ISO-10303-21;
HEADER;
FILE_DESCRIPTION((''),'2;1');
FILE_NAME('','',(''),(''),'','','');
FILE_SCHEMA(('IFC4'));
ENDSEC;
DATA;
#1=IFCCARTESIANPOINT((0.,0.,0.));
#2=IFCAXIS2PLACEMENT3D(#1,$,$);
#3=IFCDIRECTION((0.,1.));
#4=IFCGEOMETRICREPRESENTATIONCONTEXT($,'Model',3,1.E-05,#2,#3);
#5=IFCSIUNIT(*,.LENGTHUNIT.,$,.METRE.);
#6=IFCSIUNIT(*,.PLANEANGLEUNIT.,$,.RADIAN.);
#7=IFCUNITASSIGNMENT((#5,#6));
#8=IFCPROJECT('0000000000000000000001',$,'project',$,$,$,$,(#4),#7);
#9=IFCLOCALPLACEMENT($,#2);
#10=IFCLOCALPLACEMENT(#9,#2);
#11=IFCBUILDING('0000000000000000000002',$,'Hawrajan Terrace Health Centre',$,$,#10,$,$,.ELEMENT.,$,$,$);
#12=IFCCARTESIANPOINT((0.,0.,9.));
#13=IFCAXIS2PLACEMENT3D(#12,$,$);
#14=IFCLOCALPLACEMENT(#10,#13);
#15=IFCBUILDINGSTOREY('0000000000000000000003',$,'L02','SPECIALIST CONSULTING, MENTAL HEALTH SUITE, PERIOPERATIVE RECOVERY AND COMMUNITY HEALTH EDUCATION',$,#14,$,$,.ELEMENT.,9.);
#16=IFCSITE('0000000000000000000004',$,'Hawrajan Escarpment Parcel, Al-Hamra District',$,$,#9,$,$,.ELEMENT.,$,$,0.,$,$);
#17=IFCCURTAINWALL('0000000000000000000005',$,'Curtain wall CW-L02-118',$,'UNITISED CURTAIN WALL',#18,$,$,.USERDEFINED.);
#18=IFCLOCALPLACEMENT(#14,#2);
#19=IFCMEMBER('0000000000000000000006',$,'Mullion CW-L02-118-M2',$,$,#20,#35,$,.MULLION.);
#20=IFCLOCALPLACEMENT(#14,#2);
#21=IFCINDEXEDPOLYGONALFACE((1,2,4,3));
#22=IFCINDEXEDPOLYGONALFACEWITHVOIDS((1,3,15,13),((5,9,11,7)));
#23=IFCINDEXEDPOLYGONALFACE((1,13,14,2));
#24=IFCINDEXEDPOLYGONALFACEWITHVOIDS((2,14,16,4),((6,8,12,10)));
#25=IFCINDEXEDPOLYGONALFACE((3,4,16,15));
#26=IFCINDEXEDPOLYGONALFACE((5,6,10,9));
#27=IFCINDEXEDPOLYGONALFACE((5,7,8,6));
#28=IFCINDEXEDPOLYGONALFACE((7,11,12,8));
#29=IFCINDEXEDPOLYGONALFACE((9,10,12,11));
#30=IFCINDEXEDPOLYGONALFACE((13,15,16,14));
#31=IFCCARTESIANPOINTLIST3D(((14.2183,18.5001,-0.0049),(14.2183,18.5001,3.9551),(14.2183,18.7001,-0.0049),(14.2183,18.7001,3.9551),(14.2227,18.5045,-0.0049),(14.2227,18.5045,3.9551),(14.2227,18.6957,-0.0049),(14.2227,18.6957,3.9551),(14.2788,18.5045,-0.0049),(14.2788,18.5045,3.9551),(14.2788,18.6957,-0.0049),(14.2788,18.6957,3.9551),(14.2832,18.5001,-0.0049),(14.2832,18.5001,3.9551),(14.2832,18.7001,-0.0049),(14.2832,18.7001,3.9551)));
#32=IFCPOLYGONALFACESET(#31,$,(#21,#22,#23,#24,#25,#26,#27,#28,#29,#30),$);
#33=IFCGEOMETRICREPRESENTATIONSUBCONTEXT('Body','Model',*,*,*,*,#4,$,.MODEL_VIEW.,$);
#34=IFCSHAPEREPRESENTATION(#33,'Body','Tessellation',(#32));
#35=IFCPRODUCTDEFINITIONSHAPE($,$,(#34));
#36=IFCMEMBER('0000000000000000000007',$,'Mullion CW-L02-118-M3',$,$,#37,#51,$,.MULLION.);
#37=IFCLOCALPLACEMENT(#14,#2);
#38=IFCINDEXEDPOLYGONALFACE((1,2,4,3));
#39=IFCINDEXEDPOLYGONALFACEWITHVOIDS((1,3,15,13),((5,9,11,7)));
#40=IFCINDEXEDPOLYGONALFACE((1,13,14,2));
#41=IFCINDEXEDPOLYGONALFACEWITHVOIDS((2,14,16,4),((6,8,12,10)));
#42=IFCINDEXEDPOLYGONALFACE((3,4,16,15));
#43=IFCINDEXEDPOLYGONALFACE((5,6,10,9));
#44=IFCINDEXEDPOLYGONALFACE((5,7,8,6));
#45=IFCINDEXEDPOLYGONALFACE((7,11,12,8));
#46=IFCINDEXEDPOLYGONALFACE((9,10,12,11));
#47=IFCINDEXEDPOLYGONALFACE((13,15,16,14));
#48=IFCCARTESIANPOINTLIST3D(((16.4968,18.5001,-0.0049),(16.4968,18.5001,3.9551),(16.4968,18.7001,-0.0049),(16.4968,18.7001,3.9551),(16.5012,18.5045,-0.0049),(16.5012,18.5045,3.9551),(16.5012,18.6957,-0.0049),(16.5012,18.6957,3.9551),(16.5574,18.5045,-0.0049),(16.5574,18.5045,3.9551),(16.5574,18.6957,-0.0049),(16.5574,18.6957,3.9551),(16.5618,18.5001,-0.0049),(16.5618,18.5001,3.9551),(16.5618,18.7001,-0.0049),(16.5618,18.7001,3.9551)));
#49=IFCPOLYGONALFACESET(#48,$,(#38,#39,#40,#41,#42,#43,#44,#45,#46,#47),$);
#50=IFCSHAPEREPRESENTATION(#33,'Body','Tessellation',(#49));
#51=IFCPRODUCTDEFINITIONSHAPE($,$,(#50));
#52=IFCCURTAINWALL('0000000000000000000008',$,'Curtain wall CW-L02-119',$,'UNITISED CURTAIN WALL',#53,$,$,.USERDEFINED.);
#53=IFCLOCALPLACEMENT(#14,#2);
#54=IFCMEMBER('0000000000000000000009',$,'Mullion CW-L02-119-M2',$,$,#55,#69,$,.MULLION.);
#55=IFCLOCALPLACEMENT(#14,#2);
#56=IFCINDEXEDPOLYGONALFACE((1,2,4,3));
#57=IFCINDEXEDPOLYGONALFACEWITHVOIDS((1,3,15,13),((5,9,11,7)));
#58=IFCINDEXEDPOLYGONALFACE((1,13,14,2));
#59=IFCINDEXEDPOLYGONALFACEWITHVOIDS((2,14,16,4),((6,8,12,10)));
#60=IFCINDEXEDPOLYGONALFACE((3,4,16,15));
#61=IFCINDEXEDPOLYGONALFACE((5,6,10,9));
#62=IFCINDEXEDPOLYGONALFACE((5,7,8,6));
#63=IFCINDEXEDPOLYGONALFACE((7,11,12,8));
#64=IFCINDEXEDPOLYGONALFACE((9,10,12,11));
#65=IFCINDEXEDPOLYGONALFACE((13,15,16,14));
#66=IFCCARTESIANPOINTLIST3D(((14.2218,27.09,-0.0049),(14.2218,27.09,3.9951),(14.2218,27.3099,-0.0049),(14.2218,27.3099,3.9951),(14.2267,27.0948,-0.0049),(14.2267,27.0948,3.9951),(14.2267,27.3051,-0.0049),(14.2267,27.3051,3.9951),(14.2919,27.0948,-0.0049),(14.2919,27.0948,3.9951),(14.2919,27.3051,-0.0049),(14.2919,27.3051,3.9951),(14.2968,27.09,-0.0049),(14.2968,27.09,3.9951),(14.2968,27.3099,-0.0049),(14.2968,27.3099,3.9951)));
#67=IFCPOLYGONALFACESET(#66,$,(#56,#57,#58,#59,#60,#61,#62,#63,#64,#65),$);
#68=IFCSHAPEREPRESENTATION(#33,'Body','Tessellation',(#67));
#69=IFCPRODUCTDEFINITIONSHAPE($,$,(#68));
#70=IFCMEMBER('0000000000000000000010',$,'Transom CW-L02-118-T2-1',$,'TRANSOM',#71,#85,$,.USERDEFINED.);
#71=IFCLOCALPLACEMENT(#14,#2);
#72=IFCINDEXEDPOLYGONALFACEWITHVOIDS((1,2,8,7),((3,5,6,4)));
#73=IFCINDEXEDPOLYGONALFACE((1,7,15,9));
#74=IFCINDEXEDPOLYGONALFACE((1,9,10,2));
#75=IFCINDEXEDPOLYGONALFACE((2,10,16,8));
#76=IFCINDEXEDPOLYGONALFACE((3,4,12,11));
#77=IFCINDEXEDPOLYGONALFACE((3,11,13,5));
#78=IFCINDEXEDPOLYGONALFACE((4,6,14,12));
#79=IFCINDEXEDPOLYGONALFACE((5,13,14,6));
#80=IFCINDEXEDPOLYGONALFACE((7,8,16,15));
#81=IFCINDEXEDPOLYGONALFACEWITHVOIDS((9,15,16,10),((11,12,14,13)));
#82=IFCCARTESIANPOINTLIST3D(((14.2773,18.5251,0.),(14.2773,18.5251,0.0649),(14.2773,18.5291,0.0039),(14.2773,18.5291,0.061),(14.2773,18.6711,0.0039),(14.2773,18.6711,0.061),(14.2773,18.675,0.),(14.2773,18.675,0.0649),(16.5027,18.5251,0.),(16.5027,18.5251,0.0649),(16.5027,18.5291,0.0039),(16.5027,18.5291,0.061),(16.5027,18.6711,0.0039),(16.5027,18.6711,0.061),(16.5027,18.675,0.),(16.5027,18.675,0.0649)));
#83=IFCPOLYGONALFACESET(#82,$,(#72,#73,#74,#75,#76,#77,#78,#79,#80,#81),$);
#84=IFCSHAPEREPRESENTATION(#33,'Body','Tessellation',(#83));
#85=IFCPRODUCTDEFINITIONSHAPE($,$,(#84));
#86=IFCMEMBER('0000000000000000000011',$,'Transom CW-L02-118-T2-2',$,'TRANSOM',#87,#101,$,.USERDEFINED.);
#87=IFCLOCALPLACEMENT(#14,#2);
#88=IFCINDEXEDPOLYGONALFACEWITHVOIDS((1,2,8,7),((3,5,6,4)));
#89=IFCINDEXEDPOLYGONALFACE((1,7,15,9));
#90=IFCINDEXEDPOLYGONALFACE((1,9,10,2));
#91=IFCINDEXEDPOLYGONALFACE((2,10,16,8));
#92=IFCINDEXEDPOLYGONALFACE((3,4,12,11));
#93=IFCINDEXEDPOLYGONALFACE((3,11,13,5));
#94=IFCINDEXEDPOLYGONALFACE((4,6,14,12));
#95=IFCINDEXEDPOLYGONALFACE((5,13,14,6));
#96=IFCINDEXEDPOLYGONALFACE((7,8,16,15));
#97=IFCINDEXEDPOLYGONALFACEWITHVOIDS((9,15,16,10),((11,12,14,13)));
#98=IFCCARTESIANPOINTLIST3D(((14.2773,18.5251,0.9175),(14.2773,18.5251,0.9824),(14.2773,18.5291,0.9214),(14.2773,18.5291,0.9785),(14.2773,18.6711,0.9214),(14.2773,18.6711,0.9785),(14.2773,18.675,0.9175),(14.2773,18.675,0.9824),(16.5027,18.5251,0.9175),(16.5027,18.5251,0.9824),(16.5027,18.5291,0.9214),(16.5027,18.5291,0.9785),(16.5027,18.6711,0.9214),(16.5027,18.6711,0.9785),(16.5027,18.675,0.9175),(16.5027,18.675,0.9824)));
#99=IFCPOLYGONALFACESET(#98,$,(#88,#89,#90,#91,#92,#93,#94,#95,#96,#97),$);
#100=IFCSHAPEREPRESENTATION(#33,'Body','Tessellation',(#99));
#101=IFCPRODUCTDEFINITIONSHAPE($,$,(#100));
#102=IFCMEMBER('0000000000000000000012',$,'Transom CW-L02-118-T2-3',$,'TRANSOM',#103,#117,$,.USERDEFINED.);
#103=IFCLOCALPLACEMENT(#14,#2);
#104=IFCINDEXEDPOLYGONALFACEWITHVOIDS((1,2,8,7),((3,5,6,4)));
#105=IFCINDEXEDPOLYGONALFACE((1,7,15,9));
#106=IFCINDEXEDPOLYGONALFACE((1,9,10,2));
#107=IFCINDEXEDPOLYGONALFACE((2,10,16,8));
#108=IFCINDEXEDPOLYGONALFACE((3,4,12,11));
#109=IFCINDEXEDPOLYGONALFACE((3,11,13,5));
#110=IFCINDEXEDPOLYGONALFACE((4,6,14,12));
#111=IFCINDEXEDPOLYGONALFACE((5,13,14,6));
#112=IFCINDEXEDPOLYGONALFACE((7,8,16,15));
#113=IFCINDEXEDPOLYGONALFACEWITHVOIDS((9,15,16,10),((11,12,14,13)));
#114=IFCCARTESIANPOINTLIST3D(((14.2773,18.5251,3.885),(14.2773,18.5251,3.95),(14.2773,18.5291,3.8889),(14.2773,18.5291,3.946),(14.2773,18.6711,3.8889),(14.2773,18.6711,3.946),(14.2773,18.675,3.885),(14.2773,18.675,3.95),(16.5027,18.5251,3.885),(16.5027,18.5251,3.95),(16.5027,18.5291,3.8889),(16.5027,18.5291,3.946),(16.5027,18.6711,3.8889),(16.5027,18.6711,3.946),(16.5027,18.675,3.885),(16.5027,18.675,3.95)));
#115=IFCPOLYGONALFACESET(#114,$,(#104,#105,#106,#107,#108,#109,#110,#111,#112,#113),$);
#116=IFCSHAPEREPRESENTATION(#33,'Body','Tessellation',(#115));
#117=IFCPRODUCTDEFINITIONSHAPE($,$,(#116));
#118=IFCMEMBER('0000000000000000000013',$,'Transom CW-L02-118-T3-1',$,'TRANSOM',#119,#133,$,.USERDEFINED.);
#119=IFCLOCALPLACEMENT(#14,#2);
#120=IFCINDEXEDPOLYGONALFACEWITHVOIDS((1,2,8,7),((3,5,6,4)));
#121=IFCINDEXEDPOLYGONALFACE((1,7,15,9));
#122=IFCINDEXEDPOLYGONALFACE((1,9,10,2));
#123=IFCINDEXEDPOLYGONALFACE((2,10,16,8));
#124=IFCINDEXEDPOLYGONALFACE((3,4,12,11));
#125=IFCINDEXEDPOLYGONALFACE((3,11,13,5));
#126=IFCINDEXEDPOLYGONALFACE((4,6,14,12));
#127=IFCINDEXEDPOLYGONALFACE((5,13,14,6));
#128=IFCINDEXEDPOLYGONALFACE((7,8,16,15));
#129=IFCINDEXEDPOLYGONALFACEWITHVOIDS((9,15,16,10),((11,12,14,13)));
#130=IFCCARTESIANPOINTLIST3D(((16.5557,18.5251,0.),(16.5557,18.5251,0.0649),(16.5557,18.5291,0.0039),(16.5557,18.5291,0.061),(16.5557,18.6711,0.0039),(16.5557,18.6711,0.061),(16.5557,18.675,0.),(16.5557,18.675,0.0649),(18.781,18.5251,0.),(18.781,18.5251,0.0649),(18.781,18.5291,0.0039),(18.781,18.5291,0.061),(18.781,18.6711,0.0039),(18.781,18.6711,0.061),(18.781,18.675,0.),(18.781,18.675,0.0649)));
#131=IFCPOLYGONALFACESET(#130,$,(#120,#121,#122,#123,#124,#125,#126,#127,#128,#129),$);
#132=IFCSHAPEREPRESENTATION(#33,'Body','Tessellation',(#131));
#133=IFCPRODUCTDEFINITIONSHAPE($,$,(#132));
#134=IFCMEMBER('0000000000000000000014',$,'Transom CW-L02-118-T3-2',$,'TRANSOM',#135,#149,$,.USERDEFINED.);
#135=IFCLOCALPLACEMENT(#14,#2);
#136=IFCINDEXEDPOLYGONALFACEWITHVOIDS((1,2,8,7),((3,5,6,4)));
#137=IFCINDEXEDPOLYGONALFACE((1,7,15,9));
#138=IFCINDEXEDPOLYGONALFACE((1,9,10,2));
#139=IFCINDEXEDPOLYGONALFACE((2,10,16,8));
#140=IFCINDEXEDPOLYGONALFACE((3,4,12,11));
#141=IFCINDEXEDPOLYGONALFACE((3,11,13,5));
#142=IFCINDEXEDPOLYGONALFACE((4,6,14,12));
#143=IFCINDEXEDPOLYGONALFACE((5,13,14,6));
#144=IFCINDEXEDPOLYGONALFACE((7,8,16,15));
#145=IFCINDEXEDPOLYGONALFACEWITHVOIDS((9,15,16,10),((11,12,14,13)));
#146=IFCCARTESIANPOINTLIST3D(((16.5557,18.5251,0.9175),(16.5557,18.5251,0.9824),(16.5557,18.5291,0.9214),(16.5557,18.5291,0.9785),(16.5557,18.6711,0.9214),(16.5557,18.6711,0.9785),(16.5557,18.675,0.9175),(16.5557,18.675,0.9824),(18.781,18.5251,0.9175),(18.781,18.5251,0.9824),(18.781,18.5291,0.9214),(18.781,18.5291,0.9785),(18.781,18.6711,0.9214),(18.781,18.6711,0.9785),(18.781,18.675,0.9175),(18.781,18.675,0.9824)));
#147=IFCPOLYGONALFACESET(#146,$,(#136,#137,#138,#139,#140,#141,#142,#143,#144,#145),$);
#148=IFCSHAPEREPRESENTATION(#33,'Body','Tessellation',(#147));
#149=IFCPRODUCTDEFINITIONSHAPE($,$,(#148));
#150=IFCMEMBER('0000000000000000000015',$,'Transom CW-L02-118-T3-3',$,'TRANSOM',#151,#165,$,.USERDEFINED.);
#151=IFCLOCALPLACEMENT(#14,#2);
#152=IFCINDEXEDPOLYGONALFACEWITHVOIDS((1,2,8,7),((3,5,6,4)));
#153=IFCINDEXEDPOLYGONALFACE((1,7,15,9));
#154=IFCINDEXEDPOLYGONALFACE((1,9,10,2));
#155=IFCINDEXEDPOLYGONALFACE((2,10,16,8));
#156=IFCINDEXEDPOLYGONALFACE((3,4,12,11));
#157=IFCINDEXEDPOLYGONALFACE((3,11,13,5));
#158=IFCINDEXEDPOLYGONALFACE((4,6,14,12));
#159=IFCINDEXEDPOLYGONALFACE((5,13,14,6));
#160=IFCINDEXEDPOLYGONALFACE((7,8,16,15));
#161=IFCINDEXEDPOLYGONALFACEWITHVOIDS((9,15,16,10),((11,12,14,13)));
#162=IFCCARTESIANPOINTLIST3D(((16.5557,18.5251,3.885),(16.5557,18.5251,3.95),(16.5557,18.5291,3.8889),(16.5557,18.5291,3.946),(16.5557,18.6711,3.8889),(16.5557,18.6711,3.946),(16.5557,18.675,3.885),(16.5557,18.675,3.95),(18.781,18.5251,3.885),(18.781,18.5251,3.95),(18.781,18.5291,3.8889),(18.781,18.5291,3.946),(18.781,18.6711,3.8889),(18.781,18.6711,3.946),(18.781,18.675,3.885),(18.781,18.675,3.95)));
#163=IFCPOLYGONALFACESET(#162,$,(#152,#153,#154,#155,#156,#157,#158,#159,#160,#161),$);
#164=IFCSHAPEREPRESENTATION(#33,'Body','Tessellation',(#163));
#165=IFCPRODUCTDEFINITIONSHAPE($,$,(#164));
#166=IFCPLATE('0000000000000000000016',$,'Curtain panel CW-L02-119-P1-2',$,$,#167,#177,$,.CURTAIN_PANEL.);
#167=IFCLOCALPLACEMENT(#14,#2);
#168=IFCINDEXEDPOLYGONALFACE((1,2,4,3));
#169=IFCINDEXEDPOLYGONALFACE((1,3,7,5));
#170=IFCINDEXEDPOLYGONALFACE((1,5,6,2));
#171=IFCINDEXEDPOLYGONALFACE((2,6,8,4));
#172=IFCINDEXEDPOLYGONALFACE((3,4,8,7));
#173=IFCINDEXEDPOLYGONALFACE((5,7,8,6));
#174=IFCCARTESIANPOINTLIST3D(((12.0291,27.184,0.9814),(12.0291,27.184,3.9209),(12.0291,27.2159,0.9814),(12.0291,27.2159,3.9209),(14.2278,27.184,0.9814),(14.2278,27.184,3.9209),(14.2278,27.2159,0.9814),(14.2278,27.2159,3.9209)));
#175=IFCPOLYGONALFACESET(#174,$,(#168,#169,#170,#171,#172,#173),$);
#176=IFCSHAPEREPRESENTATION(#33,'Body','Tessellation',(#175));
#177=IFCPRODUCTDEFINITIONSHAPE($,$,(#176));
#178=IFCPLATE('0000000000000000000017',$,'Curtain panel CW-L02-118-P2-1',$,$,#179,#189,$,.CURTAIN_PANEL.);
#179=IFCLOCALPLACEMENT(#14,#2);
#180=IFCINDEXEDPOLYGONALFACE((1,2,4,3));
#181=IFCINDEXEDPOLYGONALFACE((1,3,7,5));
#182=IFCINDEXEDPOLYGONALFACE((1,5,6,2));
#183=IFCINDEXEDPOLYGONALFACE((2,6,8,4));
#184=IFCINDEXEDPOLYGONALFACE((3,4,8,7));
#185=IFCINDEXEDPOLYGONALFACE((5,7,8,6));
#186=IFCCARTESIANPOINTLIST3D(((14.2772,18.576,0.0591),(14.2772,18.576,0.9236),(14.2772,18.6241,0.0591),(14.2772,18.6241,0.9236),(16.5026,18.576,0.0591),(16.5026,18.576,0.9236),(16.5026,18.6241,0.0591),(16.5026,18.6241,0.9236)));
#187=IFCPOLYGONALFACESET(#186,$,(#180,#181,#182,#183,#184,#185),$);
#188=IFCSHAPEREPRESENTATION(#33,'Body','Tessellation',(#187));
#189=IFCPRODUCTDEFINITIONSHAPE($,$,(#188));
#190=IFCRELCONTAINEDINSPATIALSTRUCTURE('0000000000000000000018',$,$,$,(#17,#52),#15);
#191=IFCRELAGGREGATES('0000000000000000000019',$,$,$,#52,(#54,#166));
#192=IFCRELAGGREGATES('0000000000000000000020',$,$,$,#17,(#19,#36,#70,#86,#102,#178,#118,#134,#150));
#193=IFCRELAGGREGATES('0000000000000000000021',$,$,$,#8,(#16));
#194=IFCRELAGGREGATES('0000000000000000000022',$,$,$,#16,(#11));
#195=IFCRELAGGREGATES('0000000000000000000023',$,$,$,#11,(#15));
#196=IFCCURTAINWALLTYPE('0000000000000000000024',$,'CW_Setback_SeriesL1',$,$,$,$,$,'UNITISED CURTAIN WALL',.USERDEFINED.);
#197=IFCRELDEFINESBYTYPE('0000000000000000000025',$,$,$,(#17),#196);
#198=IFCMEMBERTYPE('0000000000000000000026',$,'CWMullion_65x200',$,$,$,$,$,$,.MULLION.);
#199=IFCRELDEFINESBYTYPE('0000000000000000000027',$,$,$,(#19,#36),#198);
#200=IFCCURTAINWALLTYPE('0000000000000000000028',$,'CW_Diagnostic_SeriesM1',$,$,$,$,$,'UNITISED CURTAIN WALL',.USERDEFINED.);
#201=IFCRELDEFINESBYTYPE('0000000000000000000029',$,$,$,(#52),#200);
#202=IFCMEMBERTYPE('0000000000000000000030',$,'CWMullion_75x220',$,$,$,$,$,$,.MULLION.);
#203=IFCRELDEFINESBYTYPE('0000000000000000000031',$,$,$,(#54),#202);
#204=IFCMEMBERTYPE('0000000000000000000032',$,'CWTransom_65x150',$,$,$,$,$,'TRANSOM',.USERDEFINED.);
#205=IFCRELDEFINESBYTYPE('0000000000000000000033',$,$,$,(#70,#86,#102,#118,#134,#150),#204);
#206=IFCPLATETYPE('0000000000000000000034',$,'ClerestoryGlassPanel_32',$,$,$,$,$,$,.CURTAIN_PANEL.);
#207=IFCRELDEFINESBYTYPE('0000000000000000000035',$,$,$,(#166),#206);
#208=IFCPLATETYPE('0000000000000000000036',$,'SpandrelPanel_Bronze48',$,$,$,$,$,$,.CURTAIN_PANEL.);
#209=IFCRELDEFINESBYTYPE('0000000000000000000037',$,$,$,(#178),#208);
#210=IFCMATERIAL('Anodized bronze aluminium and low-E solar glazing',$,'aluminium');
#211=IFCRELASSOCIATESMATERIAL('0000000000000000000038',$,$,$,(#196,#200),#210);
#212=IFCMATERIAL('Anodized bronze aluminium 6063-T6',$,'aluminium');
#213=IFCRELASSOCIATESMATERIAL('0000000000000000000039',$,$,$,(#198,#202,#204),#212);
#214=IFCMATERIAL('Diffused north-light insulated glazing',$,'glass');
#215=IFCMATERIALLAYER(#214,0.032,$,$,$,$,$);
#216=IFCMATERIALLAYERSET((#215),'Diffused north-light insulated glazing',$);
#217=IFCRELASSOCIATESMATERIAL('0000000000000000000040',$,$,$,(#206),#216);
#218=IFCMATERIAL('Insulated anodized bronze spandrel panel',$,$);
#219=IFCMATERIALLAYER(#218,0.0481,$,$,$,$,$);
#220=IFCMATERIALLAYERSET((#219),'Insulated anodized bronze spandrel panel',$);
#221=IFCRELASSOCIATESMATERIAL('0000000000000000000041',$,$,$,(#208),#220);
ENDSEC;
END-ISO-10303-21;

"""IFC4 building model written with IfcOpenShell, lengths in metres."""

from ifc_helpers import new_model, si_unit, direction, frame, origin, origin_2d, place, context, subcontext, project, spatial, rectangle, hollow_rectangle, extrude, material, layer, layer_set, material_profile, profile_set, type_object, element, aggregate, save


model = new_model("IFC4")

# Units and contexts
model_context = context("Model", 3, precision=1e-05, world=origin(), true_north=direction((0.0, 1.0)))
body_context = subcontext(model_context, "Body", "Model", "MODEL_VIEW")
ifc_project = project(units=[si_unit("LENGTHUNIT", "METRE"), si_unit("PLANEANGLEUNIT", "RADIAN")], contexts=[model_context])

# Site, building, storey
site_placement = place(None, origin())
site = spatial("IfcSite", under=ifc_project, at=site_placement, Name="Hawrajan Escarpment Parcel, Al-Hamra District", CompositionType="ELEMENT", RefElevation=0.0)
building_placement = place(site_placement, origin())
building = spatial("IfcBuilding", under=site, at=building_placement, Name="Hawrajan Terrace Health Centre", CompositionType="ELEMENT")
storey_placement = place(building_placement, frame((0.0, 0.0, 9.0)))
storey = spatial("IfcBuildingStorey", under=building, at=storey_placement, Name="L02", Description="SPECIALIST CONSULTING, MENTAL HEALTH SUITE, PERIOPERATIVE RECOVERY AND COMMUNITY HEALTH EDUCATION", CompositionType="ELEMENT", Elevation=9.0)

# Curtain wall, members
ifc_material_1 = material(Name="Anodized bronze aluminium and low-E solar glazing", Category="aluminium")
curtain_wall_type_1 = type_object("IfcCurtainWallType", Name="CW_Setback_SeriesL1", ElementType="UNITISED CURTAIN WALL", PredefinedType="USERDEFINED", material=ifc_material_1)
curtain_wall_1_placement = place(storey_placement, origin())
curtain_wall_1 = element("IfcCurtainWall", 1, at=curtain_wall_1_placement, inside=storey, type_object=curtain_wall_type_1, Name="Curtain wall CW-L02-118", ObjectType="UNITISED CURTAIN WALL", PredefinedType="USERDEFINED")
ifc_material_2 = material(Name="Anodized bronze aluminium 6063-T6", Category="aluminium")
ifc_material_profile_1 = material_profile(ifc_material_2, hollow_rectangle(XDim=0.0649, YDim=0.2, WallThickness=0.0044, at=origin_2d()), Name="CW MUL 65x200")
ifc_profile_set_1 = profile_set([ifc_material_profile_1], Name="Anodized bronze aluminium 6063-T6")
member_type_1 = type_object("IfcMemberType", Name="CWMullion_65x200", PredefinedType="MULLION", material=ifc_profile_set_1)
member_1_placement = place(storey_placement, frame((14.2507, 18.6001, -0.0049), z_axis=(0.0, 0.0, 1.0), x_axis=(1.0, 0.0, 0.0)))
member_1 = element("IfcMember", 2, at=member_1_placement, type_object=member_type_1, Name="Mullion CW-L02-118-M2", PredefinedType="MULLION", context=body_context, shape_type="SweptSolid", body=[
    extrude(hollow_rectangle(XDim=0.0649, YDim=0.2, WallThickness=0.0044, at=origin_2d()), origin(), (0.0, 0.0, 1.0), 3.96),
])
member_2_placement = place(storey_placement, frame((16.5293, 18.6001, -0.0049), z_axis=(0.0, 0.0, 1.0), x_axis=(1.0, 0.0, 0.0)))
member_2 = element("IfcMember", 3, at=member_2_placement, type_object=member_type_1, Name="Mullion CW-L02-118-M3", PredefinedType="MULLION", context=body_context, shape_type="SweptSolid", body=[
    extrude(hollow_rectangle(XDim=0.0649, YDim=0.2, WallThickness=0.0044, at=origin_2d()), origin(), (0.0, 0.0, 1.0), 3.96),
])

# Curtain wall, member
curtain_wall_type_2 = type_object("IfcCurtainWallType", Name="CW_Diagnostic_SeriesM1", ElementType="UNITISED CURTAIN WALL", PredefinedType="USERDEFINED", material=ifc_material_1)
curtain_wall_2_placement = place(storey_placement, origin())
curtain_wall_2 = element("IfcCurtainWall", 4, at=curtain_wall_2_placement, inside=storey, type_object=curtain_wall_type_2, Name="Curtain wall CW-L02-119", ObjectType="UNITISED CURTAIN WALL", PredefinedType="USERDEFINED")
ifc_material_profile_2 = material_profile(ifc_material_2, hollow_rectangle(XDim=0.075, YDim=0.22, WallThickness=0.0049, at=origin_2d()), Name="CW MUL 75x220")
ifc_profile_set_2 = profile_set([ifc_material_profile_2], Name="Anodized bronze aluminium 6063-T6")
member_type_2 = type_object("IfcMemberType", Name="CWMullion_75x220", PredefinedType="MULLION", material=ifc_profile_set_2)
member_3_placement = place(storey_placement, frame((14.2593, 27.2, -0.0049), z_axis=(0.0, 0.0, 1.0), x_axis=(1.0, 0.0, 0.0)))
member_3 = element("IfcMember", 5, at=member_3_placement, type_object=member_type_2, Name="Mullion CW-L02-119-M2", PredefinedType="MULLION", context=body_context, shape_type="SweptSolid", body=[
    extrude(hollow_rectangle(XDim=0.075, YDim=0.22, WallThickness=0.0049, at=origin_2d()), origin(), (0.0, 0.0, 1.0), 4.0),
])

# Members
ifc_material_profile_3 = material_profile(ifc_material_2, hollow_rectangle(XDim=0.0649, YDim=0.1499, WallThickness=0.0039, at=origin_2d()), Name="CW TRN 65x150")
ifc_profile_set_3 = profile_set([ifc_material_profile_3], Name="Anodized bronze aluminium 6063-T6")
member_type_3 = type_object("IfcMemberType", Name="CWTransom_65x150", ElementType="TRANSOM", PredefinedType="USERDEFINED", material=ifc_profile_set_3)
member_4_placement = place(storey_placement, frame((14.2773, 18.6001, 0.0325), z_axis=(1.0, 0.0, 0.0), x_axis=(0.0, 0.0, 1.0)))
member_4 = element("IfcMember", 6, at=member_4_placement, type_object=member_type_3, Name="Transom CW-L02-118-T2-1", ObjectType="TRANSOM", PredefinedType="USERDEFINED", context=body_context, shape_type="SweptSolid", body=[
    extrude(hollow_rectangle(XDim=0.0649, YDim=0.1499, WallThickness=0.0039, at=origin_2d()), origin(), (0.0, 0.0, 1.0), 2.2253),
])
member_5_placement = place(storey_placement, frame((14.2773, 18.6001, 0.95), z_axis=(1.0, 0.0, 0.0), x_axis=(0.0, 0.0, 1.0)))
member_5 = element("IfcMember", 7, at=member_5_placement, type_object=member_type_3, Name="Transom CW-L02-118-T2-2", ObjectType="TRANSOM", PredefinedType="USERDEFINED", context=body_context, shape_type="SweptSolid", body=[
    extrude(hollow_rectangle(XDim=0.0649, YDim=0.1499, WallThickness=0.0039, at=origin_2d()), origin(), (0.0, 0.0, 1.0), 2.2253),
])
member_6_placement = place(storey_placement, frame((14.2773, 18.6001, 3.9175), z_axis=(1.0, 0.0, 0.0), x_axis=(0.0, 0.0, 1.0)))
member_6 = element("IfcMember", 8, at=member_6_placement, type_object=member_type_3, Name="Transom CW-L02-118-T2-3", ObjectType="TRANSOM", PredefinedType="USERDEFINED", context=body_context, shape_type="SweptSolid", body=[
    extrude(hollow_rectangle(XDim=0.0649, YDim=0.1499, WallThickness=0.0039, at=origin_2d()), origin(), (0.0, 0.0, 1.0), 2.2253),
])
member_7_placement = place(storey_placement, frame((16.5557, 18.6001, 0.0325), z_axis=(1.0, 0.0, 0.0), x_axis=(0.0, 0.0, 1.0)))
member_7 = element("IfcMember", 9, at=member_7_placement, type_object=member_type_3, Name="Transom CW-L02-118-T3-1", ObjectType="TRANSOM", PredefinedType="USERDEFINED", context=body_context, shape_type="SweptSolid", body=[
    extrude(hollow_rectangle(XDim=0.0649, YDim=0.1499, WallThickness=0.0039, at=origin_2d()), origin(), (0.0, 0.0, 1.0), 2.2253),
])
member_8_placement = place(storey_placement, frame((16.5557, 18.6001, 0.95), z_axis=(1.0, 0.0, 0.0), x_axis=(0.0, 0.0, 1.0)))
member_8 = element("IfcMember", 10, at=member_8_placement, type_object=member_type_3, Name="Transom CW-L02-118-T3-2", ObjectType="TRANSOM", PredefinedType="USERDEFINED", context=body_context, shape_type="SweptSolid", body=[
    extrude(hollow_rectangle(XDim=0.0649, YDim=0.1499, WallThickness=0.0039, at=origin_2d()), origin(), (0.0, 0.0, 1.0), 2.2253),
])
member_9_placement = place(storey_placement, frame((16.5557, 18.6001, 3.9175), z_axis=(1.0, 0.0, 0.0), x_axis=(0.0, 0.0, 1.0)))
member_9 = element("IfcMember", 11, at=member_9_placement, type_object=member_type_3, Name="Transom CW-L02-118-T3-3", ObjectType="TRANSOM", PredefinedType="USERDEFINED", context=body_context, shape_type="SweptSolid", body=[
    extrude(hollow_rectangle(XDim=0.0649, YDim=0.1499, WallThickness=0.0039, at=origin_2d()), origin(), (0.0, 0.0, 1.0), 2.2253),
])

# Plates
ifc_material_3 = material(Name="Diffused north-light insulated glazing", Category="glass")
ifc_layer_1 = layer(ifc_material_3, 0.032)
ifc_layer_set_1 = layer_set([ifc_layer_1], Name="Diffused north-light insulated glazing")
plate_type_1 = type_object("IfcPlateType", Name="ClerestoryGlassPanel_32", PredefinedType="CURTAIN_PANEL", material=ifc_layer_set_1)
plate_1_placement = place(storey_placement, frame((13.1284, 27.2, 0.9814), z_axis=(0.0, 0.0, 1.0), x_axis=(1.0, 0.0, 0.0)))
plate_1 = element("IfcPlate", 12, at=plate_1_placement, type_object=plate_type_1, Name="Curtain panel CW-L02-119-P1-2", PredefinedType="CURTAIN_PANEL", context=body_context, shape_type="SweptSolid", body=[
    extrude(rectangle(XDim=2.1987, YDim=0.032, at=origin_2d()), origin(), (0.0, 0.0, 1.0), 2.9395),
])
ifc_material_4 = material(Name="Insulated anodized bronze spandrel panel")
ifc_layer_2 = layer(ifc_material_4, 0.0481)
ifc_layer_set_2 = layer_set([ifc_layer_2], Name="Insulated anodized bronze spandrel panel")
plate_type_2 = type_object("IfcPlateType", Name="SpandrelPanel_Bronze48", PredefinedType="CURTAIN_PANEL", material=ifc_layer_set_2)
plate_2_placement = place(storey_placement, frame((15.3899, 18.6001, 0.0591), z_axis=(0.0, 0.0, 1.0), x_axis=(1.0, 0.0, 0.0)))
plate_2 = element("IfcPlate", 13, at=plate_2_placement, type_object=plate_type_2, Name="Curtain panel CW-L02-118-P2-1", PredefinedType="CURTAIN_PANEL", context=body_context, shape_type="SweptSolid", body=[
    extrude(rectangle(XDim=2.2253, YDim=0.0481, at=origin_2d()), origin(), (0.0, 0.0, 1.0), 0.8645),
])
aggregate(curtain_wall_2, [member_3, plate_1])
aggregate(curtain_wall_1, [member_1, member_2, member_4, member_5, member_6, plate_2, member_7, member_8, member_9])

save(model, "model.ifc")
